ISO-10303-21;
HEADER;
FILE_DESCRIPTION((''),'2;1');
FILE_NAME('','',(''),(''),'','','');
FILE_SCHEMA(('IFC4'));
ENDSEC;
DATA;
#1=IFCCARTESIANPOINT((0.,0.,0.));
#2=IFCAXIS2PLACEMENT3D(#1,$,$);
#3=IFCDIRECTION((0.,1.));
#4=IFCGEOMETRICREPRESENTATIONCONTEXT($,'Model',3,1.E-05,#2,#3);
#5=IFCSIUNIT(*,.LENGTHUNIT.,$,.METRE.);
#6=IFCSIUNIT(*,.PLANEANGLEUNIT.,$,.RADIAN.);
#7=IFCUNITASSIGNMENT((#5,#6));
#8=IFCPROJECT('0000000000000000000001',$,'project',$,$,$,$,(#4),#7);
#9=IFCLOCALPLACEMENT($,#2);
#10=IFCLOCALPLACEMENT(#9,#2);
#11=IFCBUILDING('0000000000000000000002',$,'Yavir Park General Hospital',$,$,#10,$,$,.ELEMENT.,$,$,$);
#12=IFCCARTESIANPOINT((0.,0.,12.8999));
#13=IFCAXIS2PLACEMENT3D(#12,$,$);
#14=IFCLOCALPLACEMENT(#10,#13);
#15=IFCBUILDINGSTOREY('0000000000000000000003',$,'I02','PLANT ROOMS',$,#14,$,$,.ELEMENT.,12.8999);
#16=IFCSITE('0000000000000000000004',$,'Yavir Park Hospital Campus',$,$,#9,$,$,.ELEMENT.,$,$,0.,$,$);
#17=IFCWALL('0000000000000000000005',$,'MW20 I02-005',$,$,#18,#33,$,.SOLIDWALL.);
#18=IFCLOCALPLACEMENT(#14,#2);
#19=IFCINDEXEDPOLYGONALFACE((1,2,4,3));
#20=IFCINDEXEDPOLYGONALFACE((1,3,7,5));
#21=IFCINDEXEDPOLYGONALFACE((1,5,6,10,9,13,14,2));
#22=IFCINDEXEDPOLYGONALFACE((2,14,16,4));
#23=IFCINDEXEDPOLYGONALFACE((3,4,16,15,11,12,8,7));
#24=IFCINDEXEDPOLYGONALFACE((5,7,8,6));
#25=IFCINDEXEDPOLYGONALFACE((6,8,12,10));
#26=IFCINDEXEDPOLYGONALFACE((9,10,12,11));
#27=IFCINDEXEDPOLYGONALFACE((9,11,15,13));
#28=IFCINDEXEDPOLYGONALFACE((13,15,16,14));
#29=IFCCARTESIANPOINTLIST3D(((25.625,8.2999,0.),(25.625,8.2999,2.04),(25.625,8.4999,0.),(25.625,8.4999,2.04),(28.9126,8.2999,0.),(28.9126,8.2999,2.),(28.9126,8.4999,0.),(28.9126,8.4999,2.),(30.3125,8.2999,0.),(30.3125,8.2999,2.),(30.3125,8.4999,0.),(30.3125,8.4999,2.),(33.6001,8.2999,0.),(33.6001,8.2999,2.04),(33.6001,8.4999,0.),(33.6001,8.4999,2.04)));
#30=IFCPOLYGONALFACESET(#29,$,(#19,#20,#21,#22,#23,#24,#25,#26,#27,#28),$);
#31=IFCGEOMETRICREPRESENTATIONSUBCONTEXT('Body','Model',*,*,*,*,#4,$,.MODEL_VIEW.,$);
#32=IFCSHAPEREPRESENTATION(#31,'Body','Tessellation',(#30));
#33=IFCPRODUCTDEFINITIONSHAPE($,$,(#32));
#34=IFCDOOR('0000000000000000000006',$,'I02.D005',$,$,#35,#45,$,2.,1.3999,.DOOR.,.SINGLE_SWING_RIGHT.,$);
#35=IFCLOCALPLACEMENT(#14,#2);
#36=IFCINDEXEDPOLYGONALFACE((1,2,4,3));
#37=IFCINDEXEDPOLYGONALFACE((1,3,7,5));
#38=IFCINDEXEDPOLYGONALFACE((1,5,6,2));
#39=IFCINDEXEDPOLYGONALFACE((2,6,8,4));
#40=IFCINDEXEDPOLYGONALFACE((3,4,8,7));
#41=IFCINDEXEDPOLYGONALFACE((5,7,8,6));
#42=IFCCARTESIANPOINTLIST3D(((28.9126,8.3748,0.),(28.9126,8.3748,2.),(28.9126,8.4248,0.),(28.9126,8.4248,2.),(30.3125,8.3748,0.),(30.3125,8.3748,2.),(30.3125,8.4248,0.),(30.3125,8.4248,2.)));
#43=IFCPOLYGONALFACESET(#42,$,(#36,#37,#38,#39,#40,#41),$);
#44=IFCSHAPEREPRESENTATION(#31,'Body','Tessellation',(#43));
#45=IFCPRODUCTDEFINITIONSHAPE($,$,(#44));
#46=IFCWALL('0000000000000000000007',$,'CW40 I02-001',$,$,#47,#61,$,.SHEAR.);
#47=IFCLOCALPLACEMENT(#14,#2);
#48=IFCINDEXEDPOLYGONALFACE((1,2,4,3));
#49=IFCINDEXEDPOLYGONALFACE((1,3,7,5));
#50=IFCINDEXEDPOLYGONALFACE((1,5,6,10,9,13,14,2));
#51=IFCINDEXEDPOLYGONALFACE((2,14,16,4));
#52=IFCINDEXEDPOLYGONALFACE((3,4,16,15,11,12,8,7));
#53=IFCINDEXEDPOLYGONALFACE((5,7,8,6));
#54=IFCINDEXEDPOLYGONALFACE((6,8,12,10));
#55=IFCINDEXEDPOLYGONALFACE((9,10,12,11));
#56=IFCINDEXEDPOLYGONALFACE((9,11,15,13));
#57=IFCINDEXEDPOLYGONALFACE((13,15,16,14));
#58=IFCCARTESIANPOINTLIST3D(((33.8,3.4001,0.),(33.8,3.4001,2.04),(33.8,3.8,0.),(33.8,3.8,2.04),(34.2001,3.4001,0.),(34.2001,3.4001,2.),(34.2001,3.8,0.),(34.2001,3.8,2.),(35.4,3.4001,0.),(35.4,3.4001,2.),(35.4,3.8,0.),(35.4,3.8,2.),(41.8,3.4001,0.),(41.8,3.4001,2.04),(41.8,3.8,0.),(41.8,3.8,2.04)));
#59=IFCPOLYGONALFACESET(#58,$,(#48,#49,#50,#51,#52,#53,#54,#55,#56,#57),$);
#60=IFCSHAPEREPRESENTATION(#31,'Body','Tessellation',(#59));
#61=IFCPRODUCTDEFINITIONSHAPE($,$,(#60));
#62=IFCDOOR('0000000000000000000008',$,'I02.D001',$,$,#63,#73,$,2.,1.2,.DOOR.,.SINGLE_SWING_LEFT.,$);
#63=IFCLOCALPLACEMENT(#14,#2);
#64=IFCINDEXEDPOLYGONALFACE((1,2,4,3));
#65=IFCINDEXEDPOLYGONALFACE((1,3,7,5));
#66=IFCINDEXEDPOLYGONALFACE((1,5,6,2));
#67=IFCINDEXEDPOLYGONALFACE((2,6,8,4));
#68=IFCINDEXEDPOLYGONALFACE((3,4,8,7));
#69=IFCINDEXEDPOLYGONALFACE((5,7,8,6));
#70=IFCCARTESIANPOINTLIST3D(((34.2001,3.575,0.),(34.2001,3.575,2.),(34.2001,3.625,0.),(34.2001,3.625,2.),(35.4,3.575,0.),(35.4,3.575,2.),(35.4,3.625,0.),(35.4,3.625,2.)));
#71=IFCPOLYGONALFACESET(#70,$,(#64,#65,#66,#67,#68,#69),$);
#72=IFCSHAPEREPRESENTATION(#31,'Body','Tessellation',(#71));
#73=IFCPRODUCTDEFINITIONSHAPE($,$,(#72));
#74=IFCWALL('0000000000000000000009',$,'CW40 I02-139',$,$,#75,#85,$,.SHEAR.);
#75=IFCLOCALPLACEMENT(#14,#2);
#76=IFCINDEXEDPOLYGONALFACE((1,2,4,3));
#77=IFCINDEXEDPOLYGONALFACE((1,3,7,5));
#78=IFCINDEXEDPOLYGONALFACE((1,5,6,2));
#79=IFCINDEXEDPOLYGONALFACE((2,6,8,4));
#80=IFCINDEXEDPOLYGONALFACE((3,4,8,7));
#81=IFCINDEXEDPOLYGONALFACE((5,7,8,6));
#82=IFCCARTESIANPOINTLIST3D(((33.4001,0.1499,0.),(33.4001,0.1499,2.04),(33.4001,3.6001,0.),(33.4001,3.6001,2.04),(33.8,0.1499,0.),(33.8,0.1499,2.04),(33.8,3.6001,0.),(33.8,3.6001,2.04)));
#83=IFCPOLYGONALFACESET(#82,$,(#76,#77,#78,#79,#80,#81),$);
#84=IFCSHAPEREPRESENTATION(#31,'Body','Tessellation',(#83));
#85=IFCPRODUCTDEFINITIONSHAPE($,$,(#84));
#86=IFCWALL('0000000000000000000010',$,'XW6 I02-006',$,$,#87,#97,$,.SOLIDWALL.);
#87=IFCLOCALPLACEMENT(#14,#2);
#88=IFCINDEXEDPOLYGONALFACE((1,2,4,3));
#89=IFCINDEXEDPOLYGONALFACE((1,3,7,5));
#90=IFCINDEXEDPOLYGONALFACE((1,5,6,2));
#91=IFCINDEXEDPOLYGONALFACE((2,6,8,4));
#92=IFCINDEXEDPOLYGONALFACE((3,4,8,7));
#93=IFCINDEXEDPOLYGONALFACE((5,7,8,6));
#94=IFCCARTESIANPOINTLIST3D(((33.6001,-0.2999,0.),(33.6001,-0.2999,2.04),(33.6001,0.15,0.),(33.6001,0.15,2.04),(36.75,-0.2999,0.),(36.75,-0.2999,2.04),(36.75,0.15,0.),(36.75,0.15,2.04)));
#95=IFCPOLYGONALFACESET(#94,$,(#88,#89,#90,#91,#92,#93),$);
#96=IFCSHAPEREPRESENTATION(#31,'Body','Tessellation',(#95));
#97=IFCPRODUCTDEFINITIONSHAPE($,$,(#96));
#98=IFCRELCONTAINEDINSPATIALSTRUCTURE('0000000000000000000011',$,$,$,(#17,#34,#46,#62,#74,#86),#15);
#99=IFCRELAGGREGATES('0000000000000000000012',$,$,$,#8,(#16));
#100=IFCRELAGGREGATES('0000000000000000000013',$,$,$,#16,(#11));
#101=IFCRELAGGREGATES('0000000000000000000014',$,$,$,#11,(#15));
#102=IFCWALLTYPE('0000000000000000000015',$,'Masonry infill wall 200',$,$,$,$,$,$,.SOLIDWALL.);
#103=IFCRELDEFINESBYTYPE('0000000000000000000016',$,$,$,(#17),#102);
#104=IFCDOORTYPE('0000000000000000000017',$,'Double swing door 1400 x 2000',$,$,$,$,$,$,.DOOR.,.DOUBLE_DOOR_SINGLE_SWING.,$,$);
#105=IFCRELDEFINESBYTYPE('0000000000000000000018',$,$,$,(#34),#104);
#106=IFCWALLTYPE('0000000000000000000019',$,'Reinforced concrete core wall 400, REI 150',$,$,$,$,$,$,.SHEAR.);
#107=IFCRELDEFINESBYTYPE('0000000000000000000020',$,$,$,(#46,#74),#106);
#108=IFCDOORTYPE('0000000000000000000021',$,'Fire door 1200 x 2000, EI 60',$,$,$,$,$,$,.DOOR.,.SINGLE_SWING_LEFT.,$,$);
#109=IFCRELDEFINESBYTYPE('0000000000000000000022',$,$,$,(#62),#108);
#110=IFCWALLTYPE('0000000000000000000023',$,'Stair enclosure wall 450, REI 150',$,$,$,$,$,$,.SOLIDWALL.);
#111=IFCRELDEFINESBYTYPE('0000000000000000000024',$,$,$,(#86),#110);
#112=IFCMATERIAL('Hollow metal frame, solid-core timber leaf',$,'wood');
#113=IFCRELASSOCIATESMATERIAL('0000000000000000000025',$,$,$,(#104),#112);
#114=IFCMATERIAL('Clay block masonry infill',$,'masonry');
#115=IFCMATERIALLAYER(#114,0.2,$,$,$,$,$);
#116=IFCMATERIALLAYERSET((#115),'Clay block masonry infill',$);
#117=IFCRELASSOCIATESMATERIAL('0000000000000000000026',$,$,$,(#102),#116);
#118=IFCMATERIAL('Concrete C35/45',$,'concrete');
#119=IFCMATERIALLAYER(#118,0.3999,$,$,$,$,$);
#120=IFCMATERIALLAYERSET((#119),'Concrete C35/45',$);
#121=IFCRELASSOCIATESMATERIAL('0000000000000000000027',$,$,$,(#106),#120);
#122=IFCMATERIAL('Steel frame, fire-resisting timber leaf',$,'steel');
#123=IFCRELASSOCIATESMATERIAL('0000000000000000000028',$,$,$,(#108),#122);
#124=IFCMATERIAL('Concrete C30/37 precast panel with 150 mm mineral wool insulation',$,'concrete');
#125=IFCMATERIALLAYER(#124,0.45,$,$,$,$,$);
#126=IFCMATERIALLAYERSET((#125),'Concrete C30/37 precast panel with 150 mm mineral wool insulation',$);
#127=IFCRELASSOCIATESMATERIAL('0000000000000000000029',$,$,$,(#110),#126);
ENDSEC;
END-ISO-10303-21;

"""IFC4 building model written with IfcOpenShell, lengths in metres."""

from ifc_helpers import new_model, si_unit, direction, frame, frame_2d, origin, place, context, subcontext, project, spatial, rectangle, extrude, material, layer, layer_set, type_object, element, fill, save


model = new_model("IFC4")

# Units and contexts
model_context = context("Model", 3, precision=1e-05, world=origin(), true_north=direction((0.0, 1.0)))
body_context = subcontext(model_context, "Body", "Model", "MODEL_VIEW")
ifc_project = project(units=[si_unit("LENGTHUNIT", "METRE"), si_unit("PLANEANGLEUNIT", "RADIAN")], contexts=[model_context])

# Site, building, storey
site_placement = place(None, origin())
site = spatial("IfcSite", under=ifc_project, at=site_placement, Name="Yavir Park Hospital Campus", CompositionType="ELEMENT", RefElevation=0.0)
building_placement = place(site_placement, origin())
building = spatial("IfcBuilding", under=site, at=building_placement, Name="Yavir Park General Hospital", CompositionType="ELEMENT")
storey_placement = place(building_placement, frame((0.0, 0.0, 12.8999)))
storey = spatial("IfcBuildingStorey", under=building, at=storey_placement, Name="I02", Description="PLANT ROOMS", CompositionType="ELEMENT", Elevation=12.8999)

# Shared definitions
ifc_material_1 = material(Name="Hollow metal frame, solid-core timber leaf", Category="wood")
door_type_1 = type_object("IfcDoorType", Name="Double swing door 1400 x 2000", OperationType="DOUBLE_DOOR_SINGLE_SWING", PredefinedType="DOOR", material=ifc_material_1)

# Walls, openings, doors
ifc_material_2 = material(Name="Clay block masonry infill", Category="masonry")
ifc_layer_1 = layer(ifc_material_2, 0.2)
ifc_layer_set_1 = layer_set([ifc_layer_1], Name="Clay block masonry infill")
wall_type_1 = type_object("IfcWallType", Name="Masonry infill wall 200", PredefinedType="SOLIDWALL", material=ifc_layer_set_1)
wall_1_placement = place(storey_placement, frame((25.625, 8.3999, 0.0), z_axis=(0.0, 0.0, 1.0), x_axis=(1.0, 0.0, 0.0)))
wall_1 = element("IfcWall", 1, at=wall_1_placement, inside=storey, type_object=wall_type_1, Name="MW20 I02-005", PredefinedType="SOLIDWALL", context=body_context, shape_type="SweptSolid", body=[
    extrude(rectangle(XDim=7.9751, YDim=0.2, at=frame_2d((3.9875, 0.0))), origin(), (0.0, 0.0, 1.0), 2.04),
])
opening_1_placement = place(wall_1_placement, frame((3.2876, 0.0, 0.0)))
opening_1 = element("IfcOpeningElement", 2, at=opening_1_placement, cuts=wall_1, PredefinedType="OPENING", context=body_context, shape_type="SweptSolid", body=[
    extrude(rectangle(XDim=1.3999, YDim=2.0, at=frame_2d((0.7, 1.0))), frame((0.0, 0.1099, 0.0), z_axis=(0.0, -1.0, 0.0), x_axis=(1.0, 0.0, 0.0)), (0.0, 0.0, 1.0), 0.22),
])
door_1_placement = place(opening_1_placement, origin())
door_1 = element("IfcDoor", 3, at=door_1_placement, inside=storey, type_object=door_type_1, Name="I02.D005", OperationType="SINGLE_SWING_RIGHT", OverallHeight=2.0, OverallWidth=1.3999, PredefinedType="DOOR", context=body_context, shape_type="SweptSolid", body=[
    extrude(rectangle(XDim=1.3999, YDim=2.0, at=frame_2d((0.7, 1.0))), frame((0.0, 0.0249, 0.0), z_axis=(0.0, -1.0, 0.0), x_axis=(1.0, 0.0, 0.0)), (0.0, 0.0, 1.0), 0.05),
])
fill(opening_1, door_1)
ifc_material_3 = material(Name="Concrete C35/45", Category="concrete")
ifc_layer_2 = layer(ifc_material_3, 0.3999)
ifc_layer_set_2 = layer_set([ifc_layer_2], Name="Concrete C35/45")
wall_type_2 = type_object("IfcWallType", Name="Reinforced concrete core wall 400, REI 150", PredefinedType="SHEAR", material=ifc_layer_set_2)
wall_2_placement = place(storey_placement, frame((33.8, 3.6001, 0.0), z_axis=(0.0, 0.0, 1.0), x_axis=(1.0, 0.0, 0.0)))
wall_2 = element("IfcWall", 4, at=wall_2_placement, inside=storey, type_object=wall_type_2, Name="CW40 I02-001", PredefinedType="SHEAR", context=body_context, shape_type="SweptSolid", body=[
    extrude(rectangle(XDim=8.0, YDim=0.3999, at=frame_2d((4.0, 0.0))), origin(), (0.0, 0.0, 1.0), 2.04),
])
opening_2_placement = place(wall_2_placement, frame((0.3999, 0.0, 0.0)))
opening_2 = element("IfcOpeningElement", 5, at=opening_2_placement, cuts=wall_2, PredefinedType="OPENING", context=body_context, shape_type="SweptSolid", body=[
    extrude(rectangle(XDim=1.2, YDim=2.0, at=frame_2d((0.6001, 1.0))), frame((0.0, 0.21, 0.0), z_axis=(0.0, -1.0, 0.0), x_axis=(1.0, 0.0, 0.0)), (0.0, 0.0, 1.0), 0.4199),
])
ifc_material_4 = material(Name="Steel frame, fire-resisting timber leaf", Category="steel")
door_type_2 = type_object("IfcDoorType", Name="Fire door 1200 x 2000, EI 60", OperationType="SINGLE_SWING_LEFT", PredefinedType="DOOR", material=ifc_material_4)
door_2_placement = place(opening_2_placement, origin())
door_2 = element("IfcDoor", 6, at=door_2_placement, inside=storey, type_object=door_type_2, Name="I02.D001", OperationType="SINGLE_SWING_LEFT", OverallHeight=2.0, OverallWidth=1.2, PredefinedType="DOOR", context=body_context, shape_type="SweptSolid", body=[
    extrude(rectangle(XDim=1.2, YDim=2.0, at=frame_2d((0.6001, 1.0))), frame((0.0, 0.0249, 0.0), z_axis=(0.0, -1.0, 0.0), x_axis=(1.0, 0.0, 0.0)), (0.0, 0.0, 1.0), 0.05),
])
fill(opening_2, door_2)

# Walls
wall_3_placement = place(storey_placement, frame((33.6001, 0.1499, 0.0), z_axis=(0.0, 0.0, 1.0), x_axis=(0.0, 1.0, 0.0)))
element("IfcWall", 7, at=wall_3_placement, inside=storey, type_object=wall_type_2, Name="CW40 I02-139", PredefinedType="SHEAR", context=body_context, shape_type="SweptSolid", body=[
    extrude(rectangle(XDim=3.4502, YDim=0.3999, at=frame_2d((1.7251, 0.0))), origin(), (0.0, 0.0, 1.0), 2.04),
])
ifc_material_5 = material(Name="Concrete C30/37 precast panel with 150 mm mineral wool insulation", Category="concrete")
ifc_layer_3 = layer(ifc_material_5, 0.45)
ifc_layer_set_3 = layer_set([ifc_layer_3], Name="Concrete C30/37 precast panel with 150 mm mineral wool insulation")
wall_type_3 = type_object("IfcWallType", Name="Stair enclosure wall 450, REI 150", PredefinedType="SOLIDWALL", material=ifc_layer_set_3)
wall_4_placement = place(storey_placement, frame((33.6001, -0.075, 0.0), z_axis=(0.0, 0.0, 1.0), x_axis=(1.0, 0.0, 0.0)))
element("IfcWall", 8, at=wall_4_placement, inside=storey, type_object=wall_type_3, Name="XW6 I02-006", PredefinedType="SOLIDWALL", context=body_context, shape_type="SweptSolid", body=[
    extrude(rectangle(XDim=3.1499, YDim=0.45, at=frame_2d((1.575, 0.0))), origin(), (0.0, 0.0, 1.0), 2.04),
])

save(model, "model.ifc")
